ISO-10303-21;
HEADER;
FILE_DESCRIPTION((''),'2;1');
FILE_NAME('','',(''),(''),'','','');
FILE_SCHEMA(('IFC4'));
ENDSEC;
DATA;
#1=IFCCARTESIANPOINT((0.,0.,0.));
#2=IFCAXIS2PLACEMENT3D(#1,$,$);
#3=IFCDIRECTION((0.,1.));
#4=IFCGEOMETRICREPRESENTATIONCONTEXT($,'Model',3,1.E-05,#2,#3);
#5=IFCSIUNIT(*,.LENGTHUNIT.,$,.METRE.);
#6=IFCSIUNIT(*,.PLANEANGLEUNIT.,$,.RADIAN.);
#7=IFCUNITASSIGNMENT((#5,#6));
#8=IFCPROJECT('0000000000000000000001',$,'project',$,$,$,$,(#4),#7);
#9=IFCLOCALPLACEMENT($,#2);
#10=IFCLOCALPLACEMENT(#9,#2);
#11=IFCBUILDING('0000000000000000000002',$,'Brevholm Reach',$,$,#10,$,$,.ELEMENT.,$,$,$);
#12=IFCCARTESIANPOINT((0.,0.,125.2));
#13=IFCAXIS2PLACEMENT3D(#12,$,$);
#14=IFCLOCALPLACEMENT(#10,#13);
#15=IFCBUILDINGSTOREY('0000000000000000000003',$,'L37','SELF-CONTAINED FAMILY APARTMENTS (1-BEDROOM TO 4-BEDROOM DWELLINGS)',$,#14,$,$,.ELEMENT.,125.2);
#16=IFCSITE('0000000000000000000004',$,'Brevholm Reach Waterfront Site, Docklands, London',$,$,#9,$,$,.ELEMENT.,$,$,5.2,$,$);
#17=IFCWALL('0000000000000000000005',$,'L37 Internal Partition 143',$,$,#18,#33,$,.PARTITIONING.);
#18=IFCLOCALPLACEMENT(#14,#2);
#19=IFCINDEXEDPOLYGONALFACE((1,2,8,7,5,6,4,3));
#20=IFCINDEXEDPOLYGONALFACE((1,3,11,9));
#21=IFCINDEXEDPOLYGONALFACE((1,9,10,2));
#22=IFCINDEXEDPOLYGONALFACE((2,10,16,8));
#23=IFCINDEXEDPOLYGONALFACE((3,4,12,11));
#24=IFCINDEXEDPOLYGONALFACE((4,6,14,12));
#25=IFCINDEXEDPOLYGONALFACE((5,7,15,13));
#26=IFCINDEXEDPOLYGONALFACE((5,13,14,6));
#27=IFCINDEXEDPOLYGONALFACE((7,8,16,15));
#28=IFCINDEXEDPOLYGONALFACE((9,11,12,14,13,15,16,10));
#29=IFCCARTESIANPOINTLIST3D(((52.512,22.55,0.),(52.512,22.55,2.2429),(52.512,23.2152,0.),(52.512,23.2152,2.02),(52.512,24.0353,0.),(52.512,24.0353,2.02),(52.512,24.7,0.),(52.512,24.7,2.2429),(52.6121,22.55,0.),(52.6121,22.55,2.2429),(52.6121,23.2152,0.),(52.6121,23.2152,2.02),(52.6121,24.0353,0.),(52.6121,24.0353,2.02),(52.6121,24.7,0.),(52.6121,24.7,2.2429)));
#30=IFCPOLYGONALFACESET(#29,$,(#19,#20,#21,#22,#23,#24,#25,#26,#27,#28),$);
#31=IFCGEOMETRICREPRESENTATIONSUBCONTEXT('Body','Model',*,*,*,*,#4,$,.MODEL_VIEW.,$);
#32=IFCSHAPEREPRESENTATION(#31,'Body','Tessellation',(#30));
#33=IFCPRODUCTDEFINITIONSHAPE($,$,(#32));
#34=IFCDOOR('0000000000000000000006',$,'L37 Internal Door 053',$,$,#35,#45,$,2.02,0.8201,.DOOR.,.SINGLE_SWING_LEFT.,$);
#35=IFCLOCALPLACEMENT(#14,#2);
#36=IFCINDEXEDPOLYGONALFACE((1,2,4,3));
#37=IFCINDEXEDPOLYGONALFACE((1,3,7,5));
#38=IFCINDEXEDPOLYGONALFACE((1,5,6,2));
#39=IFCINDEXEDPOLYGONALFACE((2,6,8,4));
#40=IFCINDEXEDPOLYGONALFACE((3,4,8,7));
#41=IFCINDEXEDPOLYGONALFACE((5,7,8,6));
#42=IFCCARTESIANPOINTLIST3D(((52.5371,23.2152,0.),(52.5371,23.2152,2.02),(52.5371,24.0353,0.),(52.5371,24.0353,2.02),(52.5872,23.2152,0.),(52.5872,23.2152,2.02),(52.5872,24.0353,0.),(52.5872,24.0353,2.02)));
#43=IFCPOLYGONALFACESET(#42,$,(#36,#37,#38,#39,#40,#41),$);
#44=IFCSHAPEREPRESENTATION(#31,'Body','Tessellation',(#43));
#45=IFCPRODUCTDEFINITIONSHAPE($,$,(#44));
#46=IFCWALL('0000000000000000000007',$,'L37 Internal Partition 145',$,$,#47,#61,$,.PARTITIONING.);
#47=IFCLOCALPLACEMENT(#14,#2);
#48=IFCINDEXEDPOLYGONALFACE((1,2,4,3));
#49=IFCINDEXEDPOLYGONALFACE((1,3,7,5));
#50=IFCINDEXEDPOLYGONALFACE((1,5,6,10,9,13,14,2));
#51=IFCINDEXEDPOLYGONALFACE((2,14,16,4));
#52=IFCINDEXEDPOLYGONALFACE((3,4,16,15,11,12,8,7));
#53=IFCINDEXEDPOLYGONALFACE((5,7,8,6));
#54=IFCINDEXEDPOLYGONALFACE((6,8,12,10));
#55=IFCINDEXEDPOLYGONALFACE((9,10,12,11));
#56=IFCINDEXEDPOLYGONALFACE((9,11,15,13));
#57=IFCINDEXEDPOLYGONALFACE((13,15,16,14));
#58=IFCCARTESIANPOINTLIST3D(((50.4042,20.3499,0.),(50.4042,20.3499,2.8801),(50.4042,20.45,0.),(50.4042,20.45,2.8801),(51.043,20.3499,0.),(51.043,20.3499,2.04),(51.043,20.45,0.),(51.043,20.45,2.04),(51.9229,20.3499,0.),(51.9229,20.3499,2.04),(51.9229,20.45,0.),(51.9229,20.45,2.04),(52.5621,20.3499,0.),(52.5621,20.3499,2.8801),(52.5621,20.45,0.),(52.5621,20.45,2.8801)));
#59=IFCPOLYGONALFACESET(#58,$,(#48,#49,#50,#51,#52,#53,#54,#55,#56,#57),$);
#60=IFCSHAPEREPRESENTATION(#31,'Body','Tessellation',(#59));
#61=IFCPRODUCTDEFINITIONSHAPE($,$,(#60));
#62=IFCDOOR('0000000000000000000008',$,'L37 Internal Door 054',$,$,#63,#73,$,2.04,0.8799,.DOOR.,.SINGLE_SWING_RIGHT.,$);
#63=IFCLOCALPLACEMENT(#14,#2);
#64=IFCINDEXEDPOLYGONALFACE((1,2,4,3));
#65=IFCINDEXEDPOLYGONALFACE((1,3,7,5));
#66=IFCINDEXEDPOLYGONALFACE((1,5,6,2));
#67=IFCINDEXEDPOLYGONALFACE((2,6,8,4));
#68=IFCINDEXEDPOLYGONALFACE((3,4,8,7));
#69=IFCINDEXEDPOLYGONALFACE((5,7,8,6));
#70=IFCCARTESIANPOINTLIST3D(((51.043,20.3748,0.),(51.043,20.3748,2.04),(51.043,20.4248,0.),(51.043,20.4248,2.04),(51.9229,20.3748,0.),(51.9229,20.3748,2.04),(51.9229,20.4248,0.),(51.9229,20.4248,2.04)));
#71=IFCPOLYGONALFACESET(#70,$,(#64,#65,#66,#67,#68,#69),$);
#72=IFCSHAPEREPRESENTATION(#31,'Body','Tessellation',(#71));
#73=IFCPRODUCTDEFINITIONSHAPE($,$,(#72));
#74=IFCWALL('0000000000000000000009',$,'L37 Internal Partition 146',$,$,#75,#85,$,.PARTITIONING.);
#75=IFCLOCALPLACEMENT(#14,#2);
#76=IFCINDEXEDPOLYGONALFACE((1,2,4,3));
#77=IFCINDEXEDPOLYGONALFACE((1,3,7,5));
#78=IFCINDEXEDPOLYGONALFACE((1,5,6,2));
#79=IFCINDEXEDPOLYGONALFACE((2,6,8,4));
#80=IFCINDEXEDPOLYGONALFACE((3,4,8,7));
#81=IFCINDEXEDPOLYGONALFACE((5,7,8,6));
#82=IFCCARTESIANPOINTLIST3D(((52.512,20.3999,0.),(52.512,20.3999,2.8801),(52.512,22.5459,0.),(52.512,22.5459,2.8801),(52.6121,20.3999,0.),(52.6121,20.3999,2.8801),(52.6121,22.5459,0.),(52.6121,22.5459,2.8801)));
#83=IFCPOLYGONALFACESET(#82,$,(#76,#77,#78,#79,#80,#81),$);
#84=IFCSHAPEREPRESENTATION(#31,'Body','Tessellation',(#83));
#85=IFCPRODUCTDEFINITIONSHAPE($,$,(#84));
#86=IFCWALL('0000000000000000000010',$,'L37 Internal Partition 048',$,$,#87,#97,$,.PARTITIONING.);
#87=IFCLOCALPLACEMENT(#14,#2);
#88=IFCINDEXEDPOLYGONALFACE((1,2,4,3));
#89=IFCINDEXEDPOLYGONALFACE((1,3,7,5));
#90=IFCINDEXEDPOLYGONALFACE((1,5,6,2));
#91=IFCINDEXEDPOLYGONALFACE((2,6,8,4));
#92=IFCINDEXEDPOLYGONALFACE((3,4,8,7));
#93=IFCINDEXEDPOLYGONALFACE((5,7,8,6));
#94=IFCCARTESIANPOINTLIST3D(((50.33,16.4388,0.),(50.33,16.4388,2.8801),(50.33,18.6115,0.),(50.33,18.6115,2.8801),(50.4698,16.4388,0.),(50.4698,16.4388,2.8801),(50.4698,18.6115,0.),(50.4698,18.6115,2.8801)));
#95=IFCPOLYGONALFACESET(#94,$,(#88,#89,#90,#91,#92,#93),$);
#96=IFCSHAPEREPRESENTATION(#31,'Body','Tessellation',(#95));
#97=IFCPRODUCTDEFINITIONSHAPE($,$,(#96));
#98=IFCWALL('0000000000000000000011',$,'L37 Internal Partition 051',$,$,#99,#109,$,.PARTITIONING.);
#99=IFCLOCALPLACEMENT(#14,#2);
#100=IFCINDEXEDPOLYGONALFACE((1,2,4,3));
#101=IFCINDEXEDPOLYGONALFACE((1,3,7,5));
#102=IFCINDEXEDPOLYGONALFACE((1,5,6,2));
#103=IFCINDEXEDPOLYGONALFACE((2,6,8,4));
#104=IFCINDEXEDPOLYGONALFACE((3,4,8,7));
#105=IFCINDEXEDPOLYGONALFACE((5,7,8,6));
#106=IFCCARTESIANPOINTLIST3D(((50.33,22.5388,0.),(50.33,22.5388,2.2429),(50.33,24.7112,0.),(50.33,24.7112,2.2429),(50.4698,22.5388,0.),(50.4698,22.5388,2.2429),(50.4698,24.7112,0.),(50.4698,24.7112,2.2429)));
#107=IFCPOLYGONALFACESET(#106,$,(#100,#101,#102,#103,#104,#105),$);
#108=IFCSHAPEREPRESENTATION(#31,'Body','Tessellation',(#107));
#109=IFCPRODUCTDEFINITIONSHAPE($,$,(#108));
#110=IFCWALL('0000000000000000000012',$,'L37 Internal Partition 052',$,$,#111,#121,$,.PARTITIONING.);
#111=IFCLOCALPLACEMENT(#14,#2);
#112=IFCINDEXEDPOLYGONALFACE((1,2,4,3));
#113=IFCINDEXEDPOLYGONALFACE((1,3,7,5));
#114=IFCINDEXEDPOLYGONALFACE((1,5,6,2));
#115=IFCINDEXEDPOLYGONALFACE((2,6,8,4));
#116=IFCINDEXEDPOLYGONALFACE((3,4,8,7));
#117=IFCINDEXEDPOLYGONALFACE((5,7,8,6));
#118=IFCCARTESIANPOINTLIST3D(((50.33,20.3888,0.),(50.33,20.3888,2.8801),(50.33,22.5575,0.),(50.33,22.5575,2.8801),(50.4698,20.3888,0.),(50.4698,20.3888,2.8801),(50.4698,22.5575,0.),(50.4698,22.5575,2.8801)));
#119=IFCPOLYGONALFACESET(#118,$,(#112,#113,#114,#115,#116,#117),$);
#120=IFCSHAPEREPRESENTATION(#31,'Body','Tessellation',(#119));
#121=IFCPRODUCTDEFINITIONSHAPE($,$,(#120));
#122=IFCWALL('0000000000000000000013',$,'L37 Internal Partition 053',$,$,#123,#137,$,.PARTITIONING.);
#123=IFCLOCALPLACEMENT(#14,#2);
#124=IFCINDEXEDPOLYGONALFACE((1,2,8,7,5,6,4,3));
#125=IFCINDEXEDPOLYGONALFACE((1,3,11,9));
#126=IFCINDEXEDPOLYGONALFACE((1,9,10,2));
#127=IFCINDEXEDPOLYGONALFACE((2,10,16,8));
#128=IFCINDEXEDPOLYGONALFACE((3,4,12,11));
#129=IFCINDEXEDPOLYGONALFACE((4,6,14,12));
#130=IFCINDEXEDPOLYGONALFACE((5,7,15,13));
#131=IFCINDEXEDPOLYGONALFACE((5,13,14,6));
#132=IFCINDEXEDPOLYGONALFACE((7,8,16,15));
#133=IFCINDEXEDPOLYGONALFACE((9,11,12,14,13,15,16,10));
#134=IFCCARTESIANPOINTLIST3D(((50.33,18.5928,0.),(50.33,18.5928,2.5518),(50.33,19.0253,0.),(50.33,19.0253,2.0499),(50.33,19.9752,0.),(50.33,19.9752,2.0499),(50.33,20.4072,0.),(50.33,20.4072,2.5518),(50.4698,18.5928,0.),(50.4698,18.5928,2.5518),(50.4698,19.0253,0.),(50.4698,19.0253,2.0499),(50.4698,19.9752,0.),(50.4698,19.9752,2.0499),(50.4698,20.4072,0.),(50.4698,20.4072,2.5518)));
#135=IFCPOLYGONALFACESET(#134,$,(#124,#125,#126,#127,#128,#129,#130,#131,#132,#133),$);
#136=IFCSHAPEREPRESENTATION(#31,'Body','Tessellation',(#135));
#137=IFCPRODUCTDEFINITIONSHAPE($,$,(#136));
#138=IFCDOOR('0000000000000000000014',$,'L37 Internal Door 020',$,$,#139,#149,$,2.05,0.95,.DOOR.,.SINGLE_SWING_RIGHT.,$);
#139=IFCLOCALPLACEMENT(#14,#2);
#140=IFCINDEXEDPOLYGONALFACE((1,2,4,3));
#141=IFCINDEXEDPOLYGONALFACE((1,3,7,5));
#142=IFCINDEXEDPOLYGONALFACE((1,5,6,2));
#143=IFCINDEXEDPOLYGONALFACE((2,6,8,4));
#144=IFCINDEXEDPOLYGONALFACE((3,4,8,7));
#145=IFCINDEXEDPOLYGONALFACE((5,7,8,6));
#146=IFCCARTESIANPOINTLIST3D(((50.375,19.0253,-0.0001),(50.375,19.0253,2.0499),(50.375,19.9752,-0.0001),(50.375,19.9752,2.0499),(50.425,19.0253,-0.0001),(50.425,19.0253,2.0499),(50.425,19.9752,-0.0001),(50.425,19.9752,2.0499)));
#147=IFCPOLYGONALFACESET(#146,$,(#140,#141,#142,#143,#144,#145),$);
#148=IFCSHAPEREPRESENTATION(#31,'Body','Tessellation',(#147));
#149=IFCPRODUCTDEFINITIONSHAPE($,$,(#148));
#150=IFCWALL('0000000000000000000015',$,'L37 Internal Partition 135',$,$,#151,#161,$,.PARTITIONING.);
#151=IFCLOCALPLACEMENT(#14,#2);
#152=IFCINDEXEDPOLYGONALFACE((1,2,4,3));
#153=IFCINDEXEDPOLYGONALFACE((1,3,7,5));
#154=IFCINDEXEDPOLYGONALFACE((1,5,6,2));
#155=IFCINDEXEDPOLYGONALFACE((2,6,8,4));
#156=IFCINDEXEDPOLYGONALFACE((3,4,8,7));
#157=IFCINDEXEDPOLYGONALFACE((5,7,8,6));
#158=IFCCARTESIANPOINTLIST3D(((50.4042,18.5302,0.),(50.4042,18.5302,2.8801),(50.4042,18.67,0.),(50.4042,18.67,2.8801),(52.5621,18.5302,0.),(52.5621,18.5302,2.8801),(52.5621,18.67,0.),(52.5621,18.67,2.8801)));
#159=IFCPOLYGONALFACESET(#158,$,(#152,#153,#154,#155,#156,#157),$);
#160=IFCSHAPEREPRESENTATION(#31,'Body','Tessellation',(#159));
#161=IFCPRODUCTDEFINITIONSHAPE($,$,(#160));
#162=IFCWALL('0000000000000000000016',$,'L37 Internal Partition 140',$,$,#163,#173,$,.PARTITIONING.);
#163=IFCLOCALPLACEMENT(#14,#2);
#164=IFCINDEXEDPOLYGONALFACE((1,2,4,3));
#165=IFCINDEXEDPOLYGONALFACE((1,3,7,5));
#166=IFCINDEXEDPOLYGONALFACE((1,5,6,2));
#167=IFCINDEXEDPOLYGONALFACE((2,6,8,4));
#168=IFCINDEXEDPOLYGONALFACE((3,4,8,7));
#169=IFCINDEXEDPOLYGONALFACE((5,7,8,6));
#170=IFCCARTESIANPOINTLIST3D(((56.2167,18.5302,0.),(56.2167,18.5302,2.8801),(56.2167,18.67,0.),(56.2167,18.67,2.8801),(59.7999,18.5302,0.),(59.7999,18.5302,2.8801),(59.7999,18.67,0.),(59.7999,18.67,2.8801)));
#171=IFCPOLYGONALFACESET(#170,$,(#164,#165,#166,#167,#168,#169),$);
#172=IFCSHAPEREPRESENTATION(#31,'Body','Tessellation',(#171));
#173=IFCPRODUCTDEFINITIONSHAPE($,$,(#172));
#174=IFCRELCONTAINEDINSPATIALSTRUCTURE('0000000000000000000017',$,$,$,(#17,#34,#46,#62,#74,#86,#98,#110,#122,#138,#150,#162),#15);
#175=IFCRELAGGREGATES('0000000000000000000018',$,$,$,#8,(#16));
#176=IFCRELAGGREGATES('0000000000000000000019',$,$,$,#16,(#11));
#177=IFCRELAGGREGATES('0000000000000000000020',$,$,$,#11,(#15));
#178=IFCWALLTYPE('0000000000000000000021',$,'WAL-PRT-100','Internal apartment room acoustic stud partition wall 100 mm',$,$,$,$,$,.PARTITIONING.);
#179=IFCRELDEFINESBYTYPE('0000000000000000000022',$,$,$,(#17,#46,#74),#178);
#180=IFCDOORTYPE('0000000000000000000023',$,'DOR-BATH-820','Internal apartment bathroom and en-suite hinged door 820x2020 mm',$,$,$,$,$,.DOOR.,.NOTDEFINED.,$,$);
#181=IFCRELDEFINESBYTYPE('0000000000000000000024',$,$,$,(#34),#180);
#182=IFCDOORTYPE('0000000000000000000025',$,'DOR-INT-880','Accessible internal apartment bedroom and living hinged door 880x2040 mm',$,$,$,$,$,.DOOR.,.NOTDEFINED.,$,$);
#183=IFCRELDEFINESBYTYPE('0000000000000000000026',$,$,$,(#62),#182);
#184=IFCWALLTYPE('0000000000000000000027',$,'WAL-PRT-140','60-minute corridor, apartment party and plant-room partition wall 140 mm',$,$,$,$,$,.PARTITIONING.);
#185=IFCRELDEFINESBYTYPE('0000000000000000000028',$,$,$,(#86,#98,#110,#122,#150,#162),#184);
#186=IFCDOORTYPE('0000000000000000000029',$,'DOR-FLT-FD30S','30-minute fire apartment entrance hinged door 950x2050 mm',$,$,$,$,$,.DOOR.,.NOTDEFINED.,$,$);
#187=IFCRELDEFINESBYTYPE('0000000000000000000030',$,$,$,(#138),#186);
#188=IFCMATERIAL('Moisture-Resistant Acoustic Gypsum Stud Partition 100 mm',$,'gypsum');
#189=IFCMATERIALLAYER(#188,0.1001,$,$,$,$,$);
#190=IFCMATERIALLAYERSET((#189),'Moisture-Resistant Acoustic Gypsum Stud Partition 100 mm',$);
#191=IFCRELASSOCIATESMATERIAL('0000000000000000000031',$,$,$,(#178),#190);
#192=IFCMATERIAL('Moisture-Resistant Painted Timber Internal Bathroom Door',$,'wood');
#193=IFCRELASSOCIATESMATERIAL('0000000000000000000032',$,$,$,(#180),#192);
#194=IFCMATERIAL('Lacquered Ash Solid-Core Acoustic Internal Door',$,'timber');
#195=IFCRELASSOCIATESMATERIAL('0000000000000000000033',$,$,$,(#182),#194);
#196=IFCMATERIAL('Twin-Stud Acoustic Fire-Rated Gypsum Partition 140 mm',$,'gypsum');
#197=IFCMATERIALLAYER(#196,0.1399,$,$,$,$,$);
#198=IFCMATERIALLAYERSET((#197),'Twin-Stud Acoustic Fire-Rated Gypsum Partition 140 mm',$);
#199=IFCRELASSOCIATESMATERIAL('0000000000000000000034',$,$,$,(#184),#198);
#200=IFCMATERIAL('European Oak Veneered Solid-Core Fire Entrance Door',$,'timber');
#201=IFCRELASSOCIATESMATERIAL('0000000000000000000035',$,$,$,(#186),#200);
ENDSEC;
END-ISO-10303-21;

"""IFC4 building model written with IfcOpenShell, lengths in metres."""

from ifc_helpers import new_model, si_unit, direction, frame, frame_2d, origin, place, context, subcontext, project, spatial, rectangle, extrude, material, layer, layer_set, type_object, element, fill, save


model = new_model("IFC4")

# Units and contexts
model_context = context("Model", 3, precision=1e-05, world=origin(), true_north=direction((0.0, 1.0)))
body_context = subcontext(model_context, "Body", "Model", "MODEL_VIEW")
ifc_project = project(units=[si_unit("LENGTHUNIT", "METRE"), si_unit("PLANEANGLEUNIT", "RADIAN")], contexts=[model_context])

# Site, building, storey
site_placement = place(None, origin())
site = spatial("IfcSite", under=ifc_project, at=site_placement, Name="Brevholm Reach Waterfront Site, Docklands, London", CompositionType="ELEMENT", RefElevation=5.2)
building_placement = place(site_placement, origin())
building = spatial("IfcBuilding", under=site, at=building_placement, Name="Brevholm Reach", CompositionType="ELEMENT")
storey_placement = place(building_placement, frame((0.0, 0.0, 125.2)))
storey = spatial("IfcBuildingStorey", under=building, at=storey_placement, Name="L37", Description="SELF-CONTAINED FAMILY APARTMENTS (1-BEDROOM TO 4-BEDROOM DWELLINGS)", CompositionType="ELEMENT", Elevation=125.2)

# Shared definitions
ifc_material_1 = material(Name="Moisture-Resistant Acoustic Gypsum Stud Partition 100 mm", Category="gypsum")
ifc_layer_1 = layer(ifc_material_1, 0.1001)
ifc_layer_set_1 = layer_set([ifc_layer_1], Name="Moisture-Resistant Acoustic Gypsum Stud Partition 100 mm")
wall_type_1 = type_object("IfcWallType", Name="WAL-PRT-100", Description="Internal apartment room acoustic stud partition wall 100 mm", PredefinedType="PARTITIONING", material=ifc_layer_set_1)

# Shared definitions
ifc_material_2 = material(Name="Moisture-Resistant Painted Timber Internal Bathroom Door", Category="wood")
door_type_1 = type_object("IfcDoorType", Name="DOR-BATH-820", Description="Internal apartment bathroom and en-suite hinged door 820x2020 mm", OperationType="NOTDEFINED", PredefinedType="DOOR", material=ifc_material_2)

# Walls, openings, doors
wall_1_placement = place(storey_placement, frame((52.562, 22.55, 0.0), z_axis=(0.0, 0.0, 1.0), x_axis=(0.0, 1.0, 0.0)))
wall_1 = element("IfcWall", 1, at=wall_1_placement, inside=storey, type_object=wall_type_1, Name="L37 Internal Partition 143", PredefinedType="PARTITIONING", context=body_context, shape_type="SweptSolid", body=[
    extrude(rectangle(XDim=2.1499, YDim=0.1001, at=frame_2d((1.075, 0.0))), origin(), (0.0, 0.0, 1.0), 2.2429),
])
opening_1_placement = place(wall_1_placement, frame((0.665, 0.0, 0.0)))
opening_1 = element("IfcOpeningElement", 2, at=opening_1_placement, cuts=wall_1, PredefinedType="OPENING", context=body_context, shape_type="SweptSolid", body=[
    extrude(rectangle(XDim=0.8201, YDim=2.02, at=frame_2d((0.4102, 1.01))), frame((0.0, 0.0601, 0.0), z_axis=(0.0, -1.0, 0.0), x_axis=(1.0, 0.0, 0.0)), (0.0, 0.0, 1.0), 0.1201),
])
door_1_placement = place(opening_1_placement, origin())
door_1 = element("IfcDoor", 3, at=door_1_placement, inside=storey, type_object=door_type_1, Name="L37 Internal Door 053", OperationType="SINGLE_SWING_LEFT", OverallHeight=2.02, OverallWidth=0.8201, PredefinedType="DOOR", context=body_context, shape_type="SweptSolid", body=[
    extrude(rectangle(XDim=0.8201, YDim=2.02, at=frame_2d((0.4102, 1.01))), frame((0.0, 0.0249, 0.0), z_axis=(0.0, -1.0, 0.0), x_axis=(1.0, 0.0, 0.0)), (0.0, 0.0, 1.0), 0.05),
])
fill(opening_1, door_1)
wall_2_placement = place(storey_placement, frame((50.4041, 20.3999, 0.0), z_axis=(0.0, 0.0, 1.0), x_axis=(1.0, 0.0, 0.0)))
wall_2 = element("IfcWall", 4, at=wall_2_placement, inside=storey, type_object=wall_type_1, Name="L37 Internal Partition 145", PredefinedType="PARTITIONING", context=body_context, shape_type="SweptSolid", body=[
    extrude(rectangle(XDim=2.158, YDim=0.1001, at=frame_2d((1.0791, 0.0))), origin(), (0.0, 0.0, 1.0), 2.8801),
])
opening_2_placement = place(wall_2_placement, frame((0.6389, 0.0, 0.0)))
opening_2 = element("IfcOpeningElement", 5, at=opening_2_placement, cuts=wall_2, PredefinedType="OPENING", context=body_context, shape_type="SweptSolid", body=[
    extrude(rectangle(XDim=0.8799, YDim=2.04, at=frame_2d((0.4399, 1.02))), frame((0.0, 0.0601, 0.0), z_axis=(0.0, -1.0, 0.0), x_axis=(1.0, 0.0, 0.0)), (0.0, 0.0, 1.0), 0.1201),
])
ifc_material_3 = material(Name="Lacquered Ash Solid-Core Acoustic Internal Door", Category="timber")
door_type_2 = type_object("IfcDoorType", Name="DOR-INT-880", Description="Accessible internal apartment bedroom and living hinged door 880x2040 mm", OperationType="NOTDEFINED", PredefinedType="DOOR", material=ifc_material_3)
door_2_placement = place(opening_2_placement, origin())
door_2 = element("IfcDoor", 6, at=door_2_placement, inside=storey, type_object=door_type_2, Name="L37 Internal Door 054", OperationType="SINGLE_SWING_RIGHT", OverallHeight=2.04, OverallWidth=0.8799, PredefinedType="DOOR", context=body_context, shape_type="SweptSolid", body=[
    extrude(rectangle(XDim=0.8799, YDim=2.04, at=frame_2d((0.4399, 1.02))), frame((0.0, 0.0249, 0.0), z_axis=(0.0, -1.0, 0.0), x_axis=(1.0, 0.0, 0.0)), (0.0, 0.0, 1.0), 0.05),
])
fill(opening_2, door_2)

# Walls
wall_3_placement = place(storey_placement, frame((52.562, 20.3999, 0.0), z_axis=(0.0, 0.0, 1.0), x_axis=(0.0, 1.0, 0.0)))
element("IfcWall", 7, at=wall_3_placement, inside=storey, type_object=wall_type_1, Name="L37 Internal Partition 146", PredefinedType="PARTITIONING", context=body_context, shape_type="SweptSolid", body=[
    extrude(rectangle(XDim=2.146, YDim=0.1001, at=frame_2d((1.073, 0.0))), origin(), (0.0, 0.0, 1.0), 2.8801),
])
ifc_material_4 = material(Name="Twin-Stud Acoustic Fire-Rated Gypsum Partition 140 mm", Category="gypsum")
ifc_layer_2 = layer(ifc_material_4, 0.1399)
ifc_layer_set_2 = layer_set([ifc_layer_2], Name="Twin-Stud Acoustic Fire-Rated Gypsum Partition 140 mm")
wall_type_2 = type_object("IfcWallType", Name="WAL-PRT-140", Description="60-minute corridor, apartment party and plant-room partition wall 140 mm", PredefinedType="PARTITIONING", material=ifc_layer_set_2)
wall_4_placement = place(storey_placement, frame((50.3999, 16.4387, 0.0), z_axis=(0.0, 0.0, 1.0), x_axis=(0.0, 1.0, 0.0)))
element("IfcWall", 8, at=wall_4_placement, inside=storey, type_object=wall_type_2, Name="L37 Internal Partition 048", PredefinedType="PARTITIONING", context=body_context, shape_type="SweptSolid", body=[
    extrude(rectangle(XDim=2.1726, YDim=0.1399, at=frame_2d((1.0864, 0.0))), origin(), (0.0, 0.0, 1.0), 2.8801),
])
wall_5_placement = place(storey_placement, frame((50.3999, 22.5388, 0.0), z_axis=(0.0, 0.0, 1.0), x_axis=(0.0, 1.0, 0.0)))
element("IfcWall", 9, at=wall_5_placement, inside=storey, type_object=wall_type_2, Name="L37 Internal Partition 051", PredefinedType="PARTITIONING", context=body_context, shape_type="SweptSolid", body=[
    extrude(rectangle(XDim=2.1724, YDim=0.1399, at=frame_2d((1.0862, 0.0))), origin(), (0.0, 0.0, 1.0), 2.2429),
])
wall_6_placement = place(storey_placement, frame((50.3999, 20.3887, 0.0), z_axis=(0.0, 0.0, 1.0), x_axis=(0.0, 1.0, 0.0)))
element("IfcWall", 10, at=wall_6_placement, inside=storey, type_object=wall_type_2, Name="L37 Internal Partition 052", PredefinedType="PARTITIONING", context=body_context, shape_type="SweptSolid", body=[
    extrude(rectangle(XDim=2.1687, YDim=0.1399, at=frame_2d((1.0845, 0.0))), origin(), (0.0, 0.0, 1.0), 2.8801),
])

# Wall, opening, door
wall_7_placement = place(storey_placement, frame((50.3999, 18.5928, 0.0), z_axis=(0.0, 0.0, 1.0), x_axis=(0.0, 1.0, 0.0)))
wall_7 = element("IfcWall", 11, at=wall_7_placement, inside=storey, type_object=wall_type_2, Name="L37 Internal Partition 053", PredefinedType="PARTITIONING", context=body_context, shape_type="SweptSolid", body=[
    extrude(rectangle(XDim=1.8145, YDim=0.1399, at=frame_2d((0.9072, 0.0))), origin(), (0.0, 0.0, 1.0), 2.5518),
])
opening_3_placement = place(wall_7_placement, frame((0.4324, 0.0, 0.0)))
opening_3 = element("IfcOpeningElement", 12, at=opening_3_placement, cuts=wall_7, PredefinedType="OPENING", context=body_context, shape_type="SweptSolid", body=[
    extrude(rectangle(XDim=0.95, YDim=2.05, at=frame_2d((0.4751, 1.0249))), frame((0.0, 0.0798, 0.0), z_axis=(0.0, -1.0, 0.0), x_axis=(1.0, 0.0, 0.0)), (0.0, 0.0, 1.0), 0.1599),
])
ifc_material_5 = material(Name="European Oak Veneered Solid-Core Fire Entrance Door", Category="timber")
door_type_3 = type_object("IfcDoorType", Name="DOR-FLT-FD30S", Description="30-minute fire apartment entrance hinged door 950x2050 mm", OperationType="NOTDEFINED", PredefinedType="DOOR", material=ifc_material_5)
door_3_placement = place(opening_3_placement, origin())
door_3 = element("IfcDoor", 13, at=door_3_placement, inside=storey, type_object=door_type_3, Name="L37 Internal Door 020", OperationType="SINGLE_SWING_RIGHT", OverallHeight=2.05, OverallWidth=0.95, PredefinedType="DOOR", context=body_context, shape_type="SweptSolid", body=[
    extrude(rectangle(XDim=0.95, YDim=2.05, at=frame_2d((0.4751, 1.0249))), frame((0.0, 0.0249, 0.0), z_axis=(0.0, -1.0, 0.0), x_axis=(1.0, 0.0, 0.0)), (0.0, 0.0, 1.0), 0.05),
])
fill(opening_3, door_3)

# Walls
wall_8_placement = place(storey_placement, frame((50.4041, 18.6001, 0.0), z_axis=(0.0, 0.0, 1.0), x_axis=(1.0, 0.0, 0.0)))
element("IfcWall", 14, at=wall_8_placement, inside=storey, type_object=wall_type_2, Name="L37 Internal Partition 135", PredefinedType="PARTITIONING", context=body_context, shape_type="SweptSolid", body=[
    extrude(rectangle(XDim=2.158, YDim=0.1399, at=frame_2d((1.0791, 0.0))), origin(), (0.0, 0.0, 1.0), 2.8801),
])
wall_9_placement = place(storey_placement, frame((56.2168, 18.6001, 0.0), z_axis=(0.0, 0.0, 1.0), x_axis=(1.0, 0.0, 0.0)))
element("IfcWall", 15, at=wall_9_placement, inside=storey, type_object=wall_type_2, Name="L37 Internal Partition 140", PredefinedType="PARTITIONING", context=body_context, shape_type="SweptSolid", body=[
    extrude(rectangle(XDim=3.5833, YDim=0.1399, at=frame_2d((1.7915, 0.0))), origin(), (0.0, 0.0, 1.0), 2.8801),
])

save(model, "model.ifc")
